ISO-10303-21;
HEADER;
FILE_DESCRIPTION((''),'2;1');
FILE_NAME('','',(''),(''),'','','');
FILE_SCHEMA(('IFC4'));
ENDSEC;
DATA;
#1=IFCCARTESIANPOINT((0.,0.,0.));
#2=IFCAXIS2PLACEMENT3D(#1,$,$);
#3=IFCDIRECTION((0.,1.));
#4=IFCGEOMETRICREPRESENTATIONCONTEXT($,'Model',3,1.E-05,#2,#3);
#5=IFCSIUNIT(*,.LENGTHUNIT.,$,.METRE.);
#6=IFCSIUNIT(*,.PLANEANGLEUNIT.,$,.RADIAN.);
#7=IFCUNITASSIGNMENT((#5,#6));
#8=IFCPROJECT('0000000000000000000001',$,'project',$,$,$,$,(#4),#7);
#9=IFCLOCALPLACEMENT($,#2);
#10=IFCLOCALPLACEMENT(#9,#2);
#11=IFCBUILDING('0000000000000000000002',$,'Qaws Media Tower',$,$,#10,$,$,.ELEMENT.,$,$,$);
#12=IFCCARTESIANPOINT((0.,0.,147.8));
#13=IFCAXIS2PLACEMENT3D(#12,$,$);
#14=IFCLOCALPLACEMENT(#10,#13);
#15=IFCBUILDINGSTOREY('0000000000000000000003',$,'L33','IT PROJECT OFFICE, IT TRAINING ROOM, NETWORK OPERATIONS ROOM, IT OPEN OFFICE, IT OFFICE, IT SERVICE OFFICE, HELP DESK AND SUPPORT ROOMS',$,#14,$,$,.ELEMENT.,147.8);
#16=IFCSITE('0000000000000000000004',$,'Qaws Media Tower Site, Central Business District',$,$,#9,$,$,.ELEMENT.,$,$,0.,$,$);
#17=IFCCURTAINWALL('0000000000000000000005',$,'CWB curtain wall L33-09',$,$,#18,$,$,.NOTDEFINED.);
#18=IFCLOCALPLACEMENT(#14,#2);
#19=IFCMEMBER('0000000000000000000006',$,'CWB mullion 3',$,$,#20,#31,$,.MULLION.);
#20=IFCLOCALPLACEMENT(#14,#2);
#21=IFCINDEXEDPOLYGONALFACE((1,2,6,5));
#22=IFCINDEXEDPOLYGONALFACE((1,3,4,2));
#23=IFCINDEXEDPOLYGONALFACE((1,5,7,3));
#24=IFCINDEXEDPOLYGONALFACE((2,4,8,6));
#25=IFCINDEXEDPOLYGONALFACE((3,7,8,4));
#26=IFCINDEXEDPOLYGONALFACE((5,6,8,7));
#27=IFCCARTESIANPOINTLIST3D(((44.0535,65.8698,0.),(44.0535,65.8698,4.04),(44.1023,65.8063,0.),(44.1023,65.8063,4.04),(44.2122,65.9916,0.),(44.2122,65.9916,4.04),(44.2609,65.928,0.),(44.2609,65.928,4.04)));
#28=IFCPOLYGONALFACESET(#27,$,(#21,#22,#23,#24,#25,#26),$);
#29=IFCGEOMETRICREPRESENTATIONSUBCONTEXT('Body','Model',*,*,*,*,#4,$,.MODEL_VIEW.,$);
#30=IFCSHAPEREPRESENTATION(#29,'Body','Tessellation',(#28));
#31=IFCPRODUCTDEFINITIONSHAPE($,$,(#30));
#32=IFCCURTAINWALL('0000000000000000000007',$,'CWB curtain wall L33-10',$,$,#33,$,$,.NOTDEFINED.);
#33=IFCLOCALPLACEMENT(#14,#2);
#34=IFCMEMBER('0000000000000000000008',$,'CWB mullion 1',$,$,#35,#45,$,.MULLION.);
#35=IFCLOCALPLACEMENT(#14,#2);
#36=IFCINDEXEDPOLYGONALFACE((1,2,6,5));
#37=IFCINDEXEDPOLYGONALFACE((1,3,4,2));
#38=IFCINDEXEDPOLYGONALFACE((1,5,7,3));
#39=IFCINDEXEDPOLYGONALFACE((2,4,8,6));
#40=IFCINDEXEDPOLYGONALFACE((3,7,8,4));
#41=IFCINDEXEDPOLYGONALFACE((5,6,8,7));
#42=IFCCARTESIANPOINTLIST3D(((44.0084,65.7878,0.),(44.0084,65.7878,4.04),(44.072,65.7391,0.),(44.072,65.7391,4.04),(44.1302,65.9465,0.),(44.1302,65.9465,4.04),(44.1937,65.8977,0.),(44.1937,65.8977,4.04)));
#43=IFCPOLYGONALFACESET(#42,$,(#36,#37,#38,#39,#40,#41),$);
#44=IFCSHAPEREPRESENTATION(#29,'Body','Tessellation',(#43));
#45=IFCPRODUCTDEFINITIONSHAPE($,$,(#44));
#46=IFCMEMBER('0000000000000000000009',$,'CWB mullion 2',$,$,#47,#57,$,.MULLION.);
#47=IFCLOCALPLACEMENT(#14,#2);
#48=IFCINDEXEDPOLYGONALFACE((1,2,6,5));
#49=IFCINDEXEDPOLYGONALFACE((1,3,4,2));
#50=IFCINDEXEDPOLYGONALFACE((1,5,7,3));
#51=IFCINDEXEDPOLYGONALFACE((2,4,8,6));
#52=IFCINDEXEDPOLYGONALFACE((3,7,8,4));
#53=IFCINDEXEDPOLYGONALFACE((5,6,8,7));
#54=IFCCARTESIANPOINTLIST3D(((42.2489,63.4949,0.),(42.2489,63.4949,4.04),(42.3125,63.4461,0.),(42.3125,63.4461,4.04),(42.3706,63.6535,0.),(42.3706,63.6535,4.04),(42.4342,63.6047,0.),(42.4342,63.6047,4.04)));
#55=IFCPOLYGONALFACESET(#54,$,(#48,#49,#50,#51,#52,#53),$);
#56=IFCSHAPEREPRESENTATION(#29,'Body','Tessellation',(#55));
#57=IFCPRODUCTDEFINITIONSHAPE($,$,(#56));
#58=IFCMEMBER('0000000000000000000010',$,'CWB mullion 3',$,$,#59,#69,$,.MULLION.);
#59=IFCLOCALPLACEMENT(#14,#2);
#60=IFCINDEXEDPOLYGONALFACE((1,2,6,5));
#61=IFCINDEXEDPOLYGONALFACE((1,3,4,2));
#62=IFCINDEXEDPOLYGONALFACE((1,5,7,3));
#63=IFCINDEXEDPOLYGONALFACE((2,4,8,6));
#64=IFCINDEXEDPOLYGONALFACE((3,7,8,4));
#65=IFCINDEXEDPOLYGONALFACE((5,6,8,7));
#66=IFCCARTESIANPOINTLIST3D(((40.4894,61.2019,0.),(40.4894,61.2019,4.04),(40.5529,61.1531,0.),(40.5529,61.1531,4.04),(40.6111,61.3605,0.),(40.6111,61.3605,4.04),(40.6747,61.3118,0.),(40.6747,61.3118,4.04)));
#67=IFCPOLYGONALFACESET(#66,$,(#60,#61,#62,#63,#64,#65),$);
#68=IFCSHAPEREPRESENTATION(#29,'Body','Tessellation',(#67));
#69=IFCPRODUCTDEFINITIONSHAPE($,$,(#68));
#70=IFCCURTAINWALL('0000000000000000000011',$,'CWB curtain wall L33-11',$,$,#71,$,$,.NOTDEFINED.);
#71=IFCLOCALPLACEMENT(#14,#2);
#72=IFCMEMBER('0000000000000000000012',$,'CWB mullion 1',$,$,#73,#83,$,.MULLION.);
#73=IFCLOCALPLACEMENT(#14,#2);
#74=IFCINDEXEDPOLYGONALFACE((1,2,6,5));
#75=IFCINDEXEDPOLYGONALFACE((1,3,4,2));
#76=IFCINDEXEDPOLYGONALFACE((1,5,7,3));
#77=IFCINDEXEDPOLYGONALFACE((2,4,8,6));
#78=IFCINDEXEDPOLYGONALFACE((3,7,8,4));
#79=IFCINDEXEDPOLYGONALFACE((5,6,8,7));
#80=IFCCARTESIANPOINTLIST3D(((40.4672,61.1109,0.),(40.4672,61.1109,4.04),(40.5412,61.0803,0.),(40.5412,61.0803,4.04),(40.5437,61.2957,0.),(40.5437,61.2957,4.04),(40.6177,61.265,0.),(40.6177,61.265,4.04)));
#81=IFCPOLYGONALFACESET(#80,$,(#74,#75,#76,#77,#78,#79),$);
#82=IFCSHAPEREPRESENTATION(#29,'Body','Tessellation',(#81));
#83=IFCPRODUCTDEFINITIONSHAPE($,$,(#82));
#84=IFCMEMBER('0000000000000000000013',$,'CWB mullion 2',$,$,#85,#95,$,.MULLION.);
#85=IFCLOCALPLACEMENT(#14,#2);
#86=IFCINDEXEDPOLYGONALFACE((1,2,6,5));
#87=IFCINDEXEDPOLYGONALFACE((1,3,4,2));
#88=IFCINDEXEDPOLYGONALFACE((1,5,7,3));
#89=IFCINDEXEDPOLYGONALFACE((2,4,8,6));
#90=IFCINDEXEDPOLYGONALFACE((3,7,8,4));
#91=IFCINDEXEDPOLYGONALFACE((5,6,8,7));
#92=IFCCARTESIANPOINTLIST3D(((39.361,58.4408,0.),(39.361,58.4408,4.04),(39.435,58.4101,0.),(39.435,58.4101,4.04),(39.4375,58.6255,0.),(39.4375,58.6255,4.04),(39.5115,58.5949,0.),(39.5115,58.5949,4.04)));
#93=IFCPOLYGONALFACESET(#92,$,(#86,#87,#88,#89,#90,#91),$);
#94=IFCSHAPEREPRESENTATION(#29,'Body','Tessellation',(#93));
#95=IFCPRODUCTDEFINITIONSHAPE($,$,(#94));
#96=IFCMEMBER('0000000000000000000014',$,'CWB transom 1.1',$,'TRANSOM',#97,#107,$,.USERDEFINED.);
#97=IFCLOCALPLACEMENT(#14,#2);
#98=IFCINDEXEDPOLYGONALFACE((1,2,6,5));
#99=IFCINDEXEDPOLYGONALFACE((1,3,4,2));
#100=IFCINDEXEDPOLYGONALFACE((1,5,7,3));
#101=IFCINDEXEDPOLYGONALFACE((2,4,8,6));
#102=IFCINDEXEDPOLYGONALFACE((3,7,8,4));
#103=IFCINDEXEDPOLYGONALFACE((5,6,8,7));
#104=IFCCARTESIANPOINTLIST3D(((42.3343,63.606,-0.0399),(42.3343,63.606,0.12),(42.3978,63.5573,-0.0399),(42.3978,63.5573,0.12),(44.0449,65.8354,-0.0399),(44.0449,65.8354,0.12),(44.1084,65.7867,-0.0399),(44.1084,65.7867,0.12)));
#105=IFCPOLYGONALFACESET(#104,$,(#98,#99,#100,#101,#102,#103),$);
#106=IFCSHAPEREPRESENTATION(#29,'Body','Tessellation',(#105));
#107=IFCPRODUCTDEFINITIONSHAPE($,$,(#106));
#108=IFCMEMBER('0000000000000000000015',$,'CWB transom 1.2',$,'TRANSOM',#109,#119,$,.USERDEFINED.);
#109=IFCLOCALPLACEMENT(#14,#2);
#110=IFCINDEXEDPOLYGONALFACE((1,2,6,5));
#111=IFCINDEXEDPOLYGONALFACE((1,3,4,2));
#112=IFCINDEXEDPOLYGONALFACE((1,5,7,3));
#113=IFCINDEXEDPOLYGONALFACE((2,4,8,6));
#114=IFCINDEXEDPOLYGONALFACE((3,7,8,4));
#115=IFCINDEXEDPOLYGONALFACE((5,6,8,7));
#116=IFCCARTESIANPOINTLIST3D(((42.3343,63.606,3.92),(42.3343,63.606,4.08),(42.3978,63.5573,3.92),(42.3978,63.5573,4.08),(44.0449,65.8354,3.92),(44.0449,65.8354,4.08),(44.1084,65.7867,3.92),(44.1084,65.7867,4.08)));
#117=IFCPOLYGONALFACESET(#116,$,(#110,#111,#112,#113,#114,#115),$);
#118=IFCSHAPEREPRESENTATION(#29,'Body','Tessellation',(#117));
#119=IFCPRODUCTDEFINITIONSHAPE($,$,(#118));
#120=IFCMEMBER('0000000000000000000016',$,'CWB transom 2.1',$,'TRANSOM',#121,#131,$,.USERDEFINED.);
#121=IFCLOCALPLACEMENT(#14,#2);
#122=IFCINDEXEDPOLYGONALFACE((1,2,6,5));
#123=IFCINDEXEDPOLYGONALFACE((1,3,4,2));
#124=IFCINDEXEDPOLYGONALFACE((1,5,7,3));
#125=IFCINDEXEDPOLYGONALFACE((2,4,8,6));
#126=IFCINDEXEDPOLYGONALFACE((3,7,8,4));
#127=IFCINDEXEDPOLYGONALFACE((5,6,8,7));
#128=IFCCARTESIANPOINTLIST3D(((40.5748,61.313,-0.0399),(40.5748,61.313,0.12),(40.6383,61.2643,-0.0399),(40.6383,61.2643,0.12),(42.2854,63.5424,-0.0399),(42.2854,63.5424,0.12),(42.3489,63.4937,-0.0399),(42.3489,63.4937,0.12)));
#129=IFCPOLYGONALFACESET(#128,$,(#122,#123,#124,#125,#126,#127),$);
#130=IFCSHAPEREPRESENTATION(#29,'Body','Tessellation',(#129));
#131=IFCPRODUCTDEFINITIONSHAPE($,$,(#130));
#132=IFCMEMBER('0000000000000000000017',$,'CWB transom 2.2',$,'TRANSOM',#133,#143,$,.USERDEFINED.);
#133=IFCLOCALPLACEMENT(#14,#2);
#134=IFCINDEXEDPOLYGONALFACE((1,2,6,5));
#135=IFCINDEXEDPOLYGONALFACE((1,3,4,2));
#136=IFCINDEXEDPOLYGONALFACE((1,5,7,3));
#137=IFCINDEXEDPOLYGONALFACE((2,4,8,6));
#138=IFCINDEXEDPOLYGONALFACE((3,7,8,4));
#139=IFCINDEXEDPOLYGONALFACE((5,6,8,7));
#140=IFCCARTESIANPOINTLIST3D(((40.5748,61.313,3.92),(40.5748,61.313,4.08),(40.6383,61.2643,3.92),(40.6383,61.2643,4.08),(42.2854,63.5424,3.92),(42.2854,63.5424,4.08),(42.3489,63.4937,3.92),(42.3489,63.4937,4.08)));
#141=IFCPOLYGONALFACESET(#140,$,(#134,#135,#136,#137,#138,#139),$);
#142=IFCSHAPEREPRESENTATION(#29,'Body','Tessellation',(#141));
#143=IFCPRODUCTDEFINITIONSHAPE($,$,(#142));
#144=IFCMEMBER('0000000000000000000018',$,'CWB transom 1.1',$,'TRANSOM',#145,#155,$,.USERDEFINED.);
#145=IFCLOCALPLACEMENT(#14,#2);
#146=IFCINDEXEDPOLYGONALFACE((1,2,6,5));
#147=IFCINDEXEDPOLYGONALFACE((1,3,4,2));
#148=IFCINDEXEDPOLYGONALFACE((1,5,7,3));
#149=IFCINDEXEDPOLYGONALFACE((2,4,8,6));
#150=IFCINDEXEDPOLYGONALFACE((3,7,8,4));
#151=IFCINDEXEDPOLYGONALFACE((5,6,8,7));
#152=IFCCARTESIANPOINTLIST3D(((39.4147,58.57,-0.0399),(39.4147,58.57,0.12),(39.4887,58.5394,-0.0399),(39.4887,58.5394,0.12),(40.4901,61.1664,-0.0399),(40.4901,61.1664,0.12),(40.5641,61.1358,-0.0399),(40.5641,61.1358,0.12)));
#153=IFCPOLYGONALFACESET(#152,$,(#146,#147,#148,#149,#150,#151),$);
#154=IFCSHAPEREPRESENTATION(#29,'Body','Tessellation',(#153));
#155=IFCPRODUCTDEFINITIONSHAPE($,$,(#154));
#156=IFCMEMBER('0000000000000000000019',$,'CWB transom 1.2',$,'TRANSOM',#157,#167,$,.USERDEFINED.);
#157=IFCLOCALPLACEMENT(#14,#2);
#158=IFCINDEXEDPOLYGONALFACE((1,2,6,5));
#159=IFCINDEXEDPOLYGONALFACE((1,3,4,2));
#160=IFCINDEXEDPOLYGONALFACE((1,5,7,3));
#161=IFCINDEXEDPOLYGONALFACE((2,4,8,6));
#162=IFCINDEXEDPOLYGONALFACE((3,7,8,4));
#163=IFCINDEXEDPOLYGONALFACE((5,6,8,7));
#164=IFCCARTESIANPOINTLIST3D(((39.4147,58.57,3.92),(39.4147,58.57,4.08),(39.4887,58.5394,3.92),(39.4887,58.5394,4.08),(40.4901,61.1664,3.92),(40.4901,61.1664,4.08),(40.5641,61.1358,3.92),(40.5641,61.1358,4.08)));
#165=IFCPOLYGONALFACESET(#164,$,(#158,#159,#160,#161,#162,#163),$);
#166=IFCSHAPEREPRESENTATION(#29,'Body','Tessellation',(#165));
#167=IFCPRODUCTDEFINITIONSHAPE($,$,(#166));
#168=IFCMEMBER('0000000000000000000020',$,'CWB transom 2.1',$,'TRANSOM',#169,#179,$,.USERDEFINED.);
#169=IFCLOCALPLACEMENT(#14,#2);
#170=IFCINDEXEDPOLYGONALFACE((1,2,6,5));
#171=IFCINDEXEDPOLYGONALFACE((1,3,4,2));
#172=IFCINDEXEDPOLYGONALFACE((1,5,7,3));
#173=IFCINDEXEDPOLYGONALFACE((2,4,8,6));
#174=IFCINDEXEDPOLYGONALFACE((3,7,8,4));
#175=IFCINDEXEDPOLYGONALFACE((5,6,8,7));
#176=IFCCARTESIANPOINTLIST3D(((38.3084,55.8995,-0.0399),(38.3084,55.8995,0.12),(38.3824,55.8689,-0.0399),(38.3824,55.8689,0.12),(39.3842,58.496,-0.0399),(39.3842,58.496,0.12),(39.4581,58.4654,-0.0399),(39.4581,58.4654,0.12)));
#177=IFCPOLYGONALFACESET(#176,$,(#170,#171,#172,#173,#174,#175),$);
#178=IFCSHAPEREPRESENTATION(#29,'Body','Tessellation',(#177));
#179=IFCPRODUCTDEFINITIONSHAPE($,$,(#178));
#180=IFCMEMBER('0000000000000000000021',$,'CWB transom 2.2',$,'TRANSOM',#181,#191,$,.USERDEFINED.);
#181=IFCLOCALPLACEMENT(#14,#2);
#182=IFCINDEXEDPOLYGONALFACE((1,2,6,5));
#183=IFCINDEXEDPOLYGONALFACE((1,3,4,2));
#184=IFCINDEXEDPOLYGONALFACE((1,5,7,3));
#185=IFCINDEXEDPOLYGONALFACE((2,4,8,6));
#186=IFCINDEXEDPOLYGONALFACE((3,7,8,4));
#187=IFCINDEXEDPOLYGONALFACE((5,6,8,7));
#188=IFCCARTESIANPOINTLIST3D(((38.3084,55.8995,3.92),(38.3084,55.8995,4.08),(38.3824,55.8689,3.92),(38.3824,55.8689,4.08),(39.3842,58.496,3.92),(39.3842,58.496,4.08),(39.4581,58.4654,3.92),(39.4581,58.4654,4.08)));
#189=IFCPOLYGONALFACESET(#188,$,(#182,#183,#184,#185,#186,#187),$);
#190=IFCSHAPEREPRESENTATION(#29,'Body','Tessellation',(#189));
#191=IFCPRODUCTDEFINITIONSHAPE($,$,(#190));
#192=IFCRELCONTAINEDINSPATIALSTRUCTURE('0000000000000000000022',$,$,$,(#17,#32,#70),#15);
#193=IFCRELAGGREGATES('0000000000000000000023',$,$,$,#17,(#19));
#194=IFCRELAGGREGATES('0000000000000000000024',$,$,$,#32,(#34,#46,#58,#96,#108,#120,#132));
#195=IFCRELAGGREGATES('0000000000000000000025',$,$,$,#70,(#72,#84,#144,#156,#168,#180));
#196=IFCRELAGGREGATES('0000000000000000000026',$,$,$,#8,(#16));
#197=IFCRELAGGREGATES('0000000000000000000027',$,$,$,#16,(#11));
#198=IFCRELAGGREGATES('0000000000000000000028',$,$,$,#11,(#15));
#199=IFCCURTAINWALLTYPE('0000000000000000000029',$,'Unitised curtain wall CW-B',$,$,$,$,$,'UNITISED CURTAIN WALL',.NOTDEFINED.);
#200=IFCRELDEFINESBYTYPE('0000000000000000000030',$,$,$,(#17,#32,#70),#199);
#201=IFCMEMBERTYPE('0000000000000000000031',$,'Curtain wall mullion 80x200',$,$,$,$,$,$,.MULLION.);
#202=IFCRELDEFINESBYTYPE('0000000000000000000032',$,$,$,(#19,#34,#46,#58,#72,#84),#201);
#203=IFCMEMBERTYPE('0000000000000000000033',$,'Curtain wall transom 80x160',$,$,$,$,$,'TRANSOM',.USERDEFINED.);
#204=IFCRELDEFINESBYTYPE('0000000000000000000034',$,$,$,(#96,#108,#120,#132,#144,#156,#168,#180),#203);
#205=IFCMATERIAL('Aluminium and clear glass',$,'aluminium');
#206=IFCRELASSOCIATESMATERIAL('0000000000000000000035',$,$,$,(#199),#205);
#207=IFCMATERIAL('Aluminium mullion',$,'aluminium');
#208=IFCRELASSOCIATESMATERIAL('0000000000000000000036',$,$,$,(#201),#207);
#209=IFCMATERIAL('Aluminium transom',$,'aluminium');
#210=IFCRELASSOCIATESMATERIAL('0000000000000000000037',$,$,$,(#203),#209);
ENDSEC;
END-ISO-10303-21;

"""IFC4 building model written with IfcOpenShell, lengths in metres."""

from ifc_helpers import new_model, si_unit, direction, frame, origin, origin_2d, place, context, subcontext, project, spatial, rectangle, extrude, material, material_profile, profile_set, type_object, element, aggregate, save


model = new_model("IFC4")

# Units and contexts
model_context = context("Model", 3, precision=1e-05, world=origin(), true_north=direction((0.0, 1.0)))
body_context = subcontext(model_context, "Body", "Model", "MODEL_VIEW")
ifc_project = project(units=[si_unit("LENGTHUNIT", "METRE"), si_unit("PLANEANGLEUNIT", "RADIAN")], contexts=[model_context])

# Site, building, storey
site_placement = place(None, origin())
site = spatial("IfcSite", under=ifc_project, at=site_placement, Name="Qaws Media Tower Site, Central Business District", CompositionType="ELEMENT", RefElevation=0.0)
building_placement = place(site_placement, origin())
building = spatial("IfcBuilding", under=site, at=building_placement, Name="Qaws Media Tower", CompositionType="ELEMENT")
storey_placement = place(building_placement, frame((0.0, 0.0, 147.8)))
storey = spatial("IfcBuildingStorey", under=building, at=storey_placement, Name="L33", Description="IT PROJECT OFFICE, IT TRAINING ROOM, NETWORK OPERATIONS ROOM, IT OPEN OFFICE, IT OFFICE, IT SERVICE OFFICE, HELP DESK AND SUPPORT ROOMS", CompositionType="ELEMENT", Elevation=147.8)

# Curtain wall, member
ifc_material_1 = material(Name="Aluminium and clear glass", Category="aluminium")
curtain_wall_type = type_object("IfcCurtainWallType", Name="Unitised curtain wall CW-B", ElementType="UNITISED CURTAIN WALL", PredefinedType="NOTDEFINED", material=ifc_material_1)
curtain_wall_1_placement = place(storey_placement, origin())
curtain_wall_1 = element("IfcCurtainWall", 1, at=curtain_wall_1_placement, inside=storey, type_object=curtain_wall_type, Name="CWB curtain wall L33-09", PredefinedType="NOTDEFINED")
ifc_material_2 = material(Name="Aluminium mullion", Category="aluminium")
ifc_material_profile_1 = material_profile(ifc_material_2, rectangle(XDim=0.0801, YDim=0.2, at=origin_2d()), Name="80x200")
ifc_profile_set_1 = profile_set([ifc_material_profile_1], Name="Aluminium mullion")
member_type_1 = type_object("IfcMemberType", Name="Curtain wall mullion 80x200", PredefinedType="MULLION", material=ifc_profile_set_1)
member_1_placement = place(storey_placement, frame((44.1572, 65.8989, 0.0), z_axis=(0.0, 0.0, 1.0), x_axis=(0.608761, -0.793353, 0.0)))
member_1 = element("IfcMember", 2, at=member_1_placement, type_object=member_type_1, Name="CWB mullion 3", PredefinedType="MULLION", context=body_context, shape_type="SweptSolid", body=[
    extrude(rectangle(XDim=0.0801, YDim=0.2, at=origin_2d()), origin(), (0.0, 0.0, 1.0), 4.04),
])

# Curtain walls, members
curtain_wall_2_placement = place(storey_placement, origin())
curtain_wall_2 = element("IfcCurtainWall", 3, at=curtain_wall_2_placement, inside=storey, type_object=curtain_wall_type, Name="CWB curtain wall L33-10", PredefinedType="NOTDEFINED")
member_2_placement = place(storey_placement, frame((44.1011, 65.8428, 0.0), z_axis=(0.0, 0.0, 1.0), x_axis=(0.793353, -0.608761, 0.0)))
member_2 = element("IfcMember", 4, at=member_2_placement, type_object=member_type_1, Name="CWB mullion 1", PredefinedType="MULLION", context=body_context, shape_type="SweptSolid", body=[
    extrude(rectangle(XDim=0.0801, YDim=0.2, at=origin_2d()), origin(), (0.0, 0.0, 1.0), 4.04),
])
member_3_placement = place(storey_placement, frame((42.3416, 63.5498, 0.0), z_axis=(0.0, 0.0, 1.0), x_axis=(0.793353, -0.608761, 0.0)))
member_3 = element("IfcMember", 5, at=member_3_placement, type_object=member_type_1, Name="CWB mullion 2", PredefinedType="MULLION", context=body_context, shape_type="SweptSolid", body=[
    extrude(rectangle(XDim=0.0801, YDim=0.2, at=origin_2d()), origin(), (0.0, 0.0, 1.0), 4.04),
])
member_4_placement = place(storey_placement, frame((40.582, 61.2568, 0.0), z_axis=(0.0, 0.0, 1.0), x_axis=(0.793353, -0.608761, 0.0)))
member_4 = element("IfcMember", 6, at=member_4_placement, type_object=member_type_1, Name="CWB mullion 3", PredefinedType="MULLION", context=body_context, shape_type="SweptSolid", body=[
    extrude(rectangle(XDim=0.0801, YDim=0.2, at=origin_2d()), origin(), (0.0, 0.0, 1.0), 4.04),
])
curtain_wall_3_placement = place(storey_placement, origin())
curtain_wall_3 = element("IfcCurtainWall", 7, at=curtain_wall_3_placement, inside=storey, type_object=curtain_wall_type, Name="CWB curtain wall L33-11", PredefinedType="NOTDEFINED")
member_5_placement = place(storey_placement, frame((40.5425, 61.188, 0.0), z_axis=(0.0, 0.0, 1.0), x_axis=(0.923879, -0.382684, 0.0)))
member_5 = element("IfcMember", 8, at=member_5_placement, type_object=member_type_1, Name="CWB mullion 1", PredefinedType="MULLION", context=body_context, shape_type="SweptSolid", body=[
    extrude(rectangle(XDim=0.0801, YDim=0.2, at=origin_2d()), origin(), (0.0, 0.0, 1.0), 4.04),
])
member_6_placement = place(storey_placement, frame((39.4363, 58.5178, 0.0), z_axis=(0.0, 0.0, 1.0), x_axis=(0.923879, -0.382684, 0.0)))
member_6 = element("IfcMember", 9, at=member_6_placement, type_object=member_type_1, Name="CWB mullion 2", PredefinedType="MULLION", context=body_context, shape_type="SweptSolid", body=[
    extrude(rectangle(XDim=0.0801, YDim=0.2, at=origin_2d()), origin(), (0.0, 0.0, 1.0), 4.04),
])

# Members
ifc_material_3 = material(Name="Aluminium transom", Category="aluminium")
ifc_material_profile_2 = material_profile(ifc_material_3, rectangle(XDim=0.0801, YDim=0.1599, at=origin_2d()), Name="80x160")
ifc_profile_set_2 = profile_set([ifc_material_profile_2], Name="Aluminium transom")
member_type_2 = type_object("IfcMemberType", Name="Curtain wall transom 80x160", ElementType="TRANSOM", PredefinedType="USERDEFINED", material=ifc_profile_set_2)
member_7_placement = place(storey_placement, frame((44.0767, 65.811, 0.04), z_axis=(-0.608749, -0.793363, 0.0), x_axis=(0.793363, -0.608749, 0.0)))
member_7 = element("IfcMember", 10, at=member_7_placement, type_object=member_type_2, Name="CWB transom 1.1", ObjectType="TRANSOM", PredefinedType="USERDEFINED", context=body_context, shape_type="SweptSolid", body=[
    extrude(rectangle(XDim=0.0801, YDim=0.1599, at=origin_2d()), origin(), (0.0, 0.0, 1.0), 2.8101),
])
member_8_placement = place(storey_placement, frame((44.0767, 65.811, 4.0), z_axis=(-0.608749, -0.793363, 0.0), x_axis=(0.793363, -0.608749, 0.0)))
member_8 = element("IfcMember", 11, at=member_8_placement, type_object=member_type_2, Name="CWB transom 1.2", ObjectType="TRANSOM", PredefinedType="USERDEFINED", context=body_context, shape_type="SweptSolid", body=[
    extrude(rectangle(XDim=0.0801, YDim=0.1599, at=origin_2d()), origin(), (0.0, 0.0, 1.0), 2.8101),
])
member_9_placement = place(storey_placement, frame((42.3171, 63.5181, 0.04), z_axis=(-0.608749, -0.793363, 0.0), x_axis=(0.793363, -0.608749, 0.0)))
member_9 = element("IfcMember", 12, at=member_9_placement, type_object=member_type_2, Name="CWB transom 2.1", ObjectType="TRANSOM", PredefinedType="USERDEFINED", context=body_context, shape_type="SweptSolid", body=[
    extrude(rectangle(XDim=0.0801, YDim=0.1599, at=origin_2d()), origin(), (0.0, 0.0, 1.0), 2.8101),
])
member_10_placement = place(storey_placement, frame((42.3171, 63.5181, 4.0), z_axis=(-0.608749, -0.793363, 0.0), x_axis=(0.793363, -0.608749, 0.0)))
member_10 = element("IfcMember", 13, at=member_10_placement, type_object=member_type_2, Name="CWB transom 2.2", ObjectType="TRANSOM", PredefinedType="USERDEFINED", context=body_context, shape_type="SweptSolid", body=[
    extrude(rectangle(XDim=0.0801, YDim=0.1599, at=origin_2d()), origin(), (0.0, 0.0, 1.0), 2.8101),
])
member_11_placement = place(storey_placement, frame((40.5271, 61.1511, 0.04), z_axis=(-0.382671, -0.923884, 0.0), x_axis=(0.923884, -0.382671, 0.0)))
member_11 = element("IfcMember", 14, at=member_11_placement, type_object=member_type_2, Name="CWB transom 1.1", ObjectType="TRANSOM", PredefinedType="USERDEFINED", context=body_context, shape_type="SweptSolid", body=[
    extrude(rectangle(XDim=0.0801, YDim=0.1599, at=origin_2d()), origin(), (0.0, 0.0, 1.0), 2.8103),
])
member_12_placement = place(storey_placement, frame((40.5271, 61.1511, 4.0), z_axis=(-0.382671, -0.923884, 0.0), x_axis=(0.923884, -0.382671, 0.0)))
member_12 = element("IfcMember", 15, at=member_12_placement, type_object=member_type_2, Name="CWB transom 1.2", ObjectType="TRANSOM", PredefinedType="USERDEFINED", context=body_context, shape_type="SweptSolid", body=[
    extrude(rectangle(XDim=0.0801, YDim=0.1599, at=origin_2d()), origin(), (0.0, 0.0, 1.0), 2.8103),
])
member_13_placement = place(storey_placement, frame((39.4211, 58.4807, 0.04), z_axis=(-0.382746, -0.923854, 0.0), x_axis=(0.923854, -0.382746, 0.0)))
member_13 = element("IfcMember", 16, at=member_13_placement, type_object=member_type_2, Name="CWB transom 2.1", ObjectType="TRANSOM", PredefinedType="USERDEFINED", context=body_context, shape_type="SweptSolid", body=[
    extrude(rectangle(XDim=0.0801, YDim=0.1599, at=origin_2d()), origin(), (0.0, 0.0, 1.0), 2.8105),
])
member_14_placement = place(storey_placement, frame((39.4211, 58.4807, 4.0), z_axis=(-0.382746, -0.923854, 0.0), x_axis=(0.923854, -0.382746, 0.0)))
member_14 = element("IfcMember", 17, at=member_14_placement, type_object=member_type_2, Name="CWB transom 2.2", ObjectType="TRANSOM", PredefinedType="USERDEFINED", context=body_context, shape_type="SweptSolid", body=[
    extrude(rectangle(XDim=0.0801, YDim=0.1599, at=origin_2d()), origin(), (0.0, 0.0, 1.0), 2.8105),
])

aggregate(curtain_wall_1, [member_1])
aggregate(curtain_wall_2, [member_2, member_3, member_4, member_7, member_8, member_9, member_10])
aggregate(curtain_wall_3, [member_5, member_6, member_11, member_12, member_13, member_14])

save(model, "model.ifc")
